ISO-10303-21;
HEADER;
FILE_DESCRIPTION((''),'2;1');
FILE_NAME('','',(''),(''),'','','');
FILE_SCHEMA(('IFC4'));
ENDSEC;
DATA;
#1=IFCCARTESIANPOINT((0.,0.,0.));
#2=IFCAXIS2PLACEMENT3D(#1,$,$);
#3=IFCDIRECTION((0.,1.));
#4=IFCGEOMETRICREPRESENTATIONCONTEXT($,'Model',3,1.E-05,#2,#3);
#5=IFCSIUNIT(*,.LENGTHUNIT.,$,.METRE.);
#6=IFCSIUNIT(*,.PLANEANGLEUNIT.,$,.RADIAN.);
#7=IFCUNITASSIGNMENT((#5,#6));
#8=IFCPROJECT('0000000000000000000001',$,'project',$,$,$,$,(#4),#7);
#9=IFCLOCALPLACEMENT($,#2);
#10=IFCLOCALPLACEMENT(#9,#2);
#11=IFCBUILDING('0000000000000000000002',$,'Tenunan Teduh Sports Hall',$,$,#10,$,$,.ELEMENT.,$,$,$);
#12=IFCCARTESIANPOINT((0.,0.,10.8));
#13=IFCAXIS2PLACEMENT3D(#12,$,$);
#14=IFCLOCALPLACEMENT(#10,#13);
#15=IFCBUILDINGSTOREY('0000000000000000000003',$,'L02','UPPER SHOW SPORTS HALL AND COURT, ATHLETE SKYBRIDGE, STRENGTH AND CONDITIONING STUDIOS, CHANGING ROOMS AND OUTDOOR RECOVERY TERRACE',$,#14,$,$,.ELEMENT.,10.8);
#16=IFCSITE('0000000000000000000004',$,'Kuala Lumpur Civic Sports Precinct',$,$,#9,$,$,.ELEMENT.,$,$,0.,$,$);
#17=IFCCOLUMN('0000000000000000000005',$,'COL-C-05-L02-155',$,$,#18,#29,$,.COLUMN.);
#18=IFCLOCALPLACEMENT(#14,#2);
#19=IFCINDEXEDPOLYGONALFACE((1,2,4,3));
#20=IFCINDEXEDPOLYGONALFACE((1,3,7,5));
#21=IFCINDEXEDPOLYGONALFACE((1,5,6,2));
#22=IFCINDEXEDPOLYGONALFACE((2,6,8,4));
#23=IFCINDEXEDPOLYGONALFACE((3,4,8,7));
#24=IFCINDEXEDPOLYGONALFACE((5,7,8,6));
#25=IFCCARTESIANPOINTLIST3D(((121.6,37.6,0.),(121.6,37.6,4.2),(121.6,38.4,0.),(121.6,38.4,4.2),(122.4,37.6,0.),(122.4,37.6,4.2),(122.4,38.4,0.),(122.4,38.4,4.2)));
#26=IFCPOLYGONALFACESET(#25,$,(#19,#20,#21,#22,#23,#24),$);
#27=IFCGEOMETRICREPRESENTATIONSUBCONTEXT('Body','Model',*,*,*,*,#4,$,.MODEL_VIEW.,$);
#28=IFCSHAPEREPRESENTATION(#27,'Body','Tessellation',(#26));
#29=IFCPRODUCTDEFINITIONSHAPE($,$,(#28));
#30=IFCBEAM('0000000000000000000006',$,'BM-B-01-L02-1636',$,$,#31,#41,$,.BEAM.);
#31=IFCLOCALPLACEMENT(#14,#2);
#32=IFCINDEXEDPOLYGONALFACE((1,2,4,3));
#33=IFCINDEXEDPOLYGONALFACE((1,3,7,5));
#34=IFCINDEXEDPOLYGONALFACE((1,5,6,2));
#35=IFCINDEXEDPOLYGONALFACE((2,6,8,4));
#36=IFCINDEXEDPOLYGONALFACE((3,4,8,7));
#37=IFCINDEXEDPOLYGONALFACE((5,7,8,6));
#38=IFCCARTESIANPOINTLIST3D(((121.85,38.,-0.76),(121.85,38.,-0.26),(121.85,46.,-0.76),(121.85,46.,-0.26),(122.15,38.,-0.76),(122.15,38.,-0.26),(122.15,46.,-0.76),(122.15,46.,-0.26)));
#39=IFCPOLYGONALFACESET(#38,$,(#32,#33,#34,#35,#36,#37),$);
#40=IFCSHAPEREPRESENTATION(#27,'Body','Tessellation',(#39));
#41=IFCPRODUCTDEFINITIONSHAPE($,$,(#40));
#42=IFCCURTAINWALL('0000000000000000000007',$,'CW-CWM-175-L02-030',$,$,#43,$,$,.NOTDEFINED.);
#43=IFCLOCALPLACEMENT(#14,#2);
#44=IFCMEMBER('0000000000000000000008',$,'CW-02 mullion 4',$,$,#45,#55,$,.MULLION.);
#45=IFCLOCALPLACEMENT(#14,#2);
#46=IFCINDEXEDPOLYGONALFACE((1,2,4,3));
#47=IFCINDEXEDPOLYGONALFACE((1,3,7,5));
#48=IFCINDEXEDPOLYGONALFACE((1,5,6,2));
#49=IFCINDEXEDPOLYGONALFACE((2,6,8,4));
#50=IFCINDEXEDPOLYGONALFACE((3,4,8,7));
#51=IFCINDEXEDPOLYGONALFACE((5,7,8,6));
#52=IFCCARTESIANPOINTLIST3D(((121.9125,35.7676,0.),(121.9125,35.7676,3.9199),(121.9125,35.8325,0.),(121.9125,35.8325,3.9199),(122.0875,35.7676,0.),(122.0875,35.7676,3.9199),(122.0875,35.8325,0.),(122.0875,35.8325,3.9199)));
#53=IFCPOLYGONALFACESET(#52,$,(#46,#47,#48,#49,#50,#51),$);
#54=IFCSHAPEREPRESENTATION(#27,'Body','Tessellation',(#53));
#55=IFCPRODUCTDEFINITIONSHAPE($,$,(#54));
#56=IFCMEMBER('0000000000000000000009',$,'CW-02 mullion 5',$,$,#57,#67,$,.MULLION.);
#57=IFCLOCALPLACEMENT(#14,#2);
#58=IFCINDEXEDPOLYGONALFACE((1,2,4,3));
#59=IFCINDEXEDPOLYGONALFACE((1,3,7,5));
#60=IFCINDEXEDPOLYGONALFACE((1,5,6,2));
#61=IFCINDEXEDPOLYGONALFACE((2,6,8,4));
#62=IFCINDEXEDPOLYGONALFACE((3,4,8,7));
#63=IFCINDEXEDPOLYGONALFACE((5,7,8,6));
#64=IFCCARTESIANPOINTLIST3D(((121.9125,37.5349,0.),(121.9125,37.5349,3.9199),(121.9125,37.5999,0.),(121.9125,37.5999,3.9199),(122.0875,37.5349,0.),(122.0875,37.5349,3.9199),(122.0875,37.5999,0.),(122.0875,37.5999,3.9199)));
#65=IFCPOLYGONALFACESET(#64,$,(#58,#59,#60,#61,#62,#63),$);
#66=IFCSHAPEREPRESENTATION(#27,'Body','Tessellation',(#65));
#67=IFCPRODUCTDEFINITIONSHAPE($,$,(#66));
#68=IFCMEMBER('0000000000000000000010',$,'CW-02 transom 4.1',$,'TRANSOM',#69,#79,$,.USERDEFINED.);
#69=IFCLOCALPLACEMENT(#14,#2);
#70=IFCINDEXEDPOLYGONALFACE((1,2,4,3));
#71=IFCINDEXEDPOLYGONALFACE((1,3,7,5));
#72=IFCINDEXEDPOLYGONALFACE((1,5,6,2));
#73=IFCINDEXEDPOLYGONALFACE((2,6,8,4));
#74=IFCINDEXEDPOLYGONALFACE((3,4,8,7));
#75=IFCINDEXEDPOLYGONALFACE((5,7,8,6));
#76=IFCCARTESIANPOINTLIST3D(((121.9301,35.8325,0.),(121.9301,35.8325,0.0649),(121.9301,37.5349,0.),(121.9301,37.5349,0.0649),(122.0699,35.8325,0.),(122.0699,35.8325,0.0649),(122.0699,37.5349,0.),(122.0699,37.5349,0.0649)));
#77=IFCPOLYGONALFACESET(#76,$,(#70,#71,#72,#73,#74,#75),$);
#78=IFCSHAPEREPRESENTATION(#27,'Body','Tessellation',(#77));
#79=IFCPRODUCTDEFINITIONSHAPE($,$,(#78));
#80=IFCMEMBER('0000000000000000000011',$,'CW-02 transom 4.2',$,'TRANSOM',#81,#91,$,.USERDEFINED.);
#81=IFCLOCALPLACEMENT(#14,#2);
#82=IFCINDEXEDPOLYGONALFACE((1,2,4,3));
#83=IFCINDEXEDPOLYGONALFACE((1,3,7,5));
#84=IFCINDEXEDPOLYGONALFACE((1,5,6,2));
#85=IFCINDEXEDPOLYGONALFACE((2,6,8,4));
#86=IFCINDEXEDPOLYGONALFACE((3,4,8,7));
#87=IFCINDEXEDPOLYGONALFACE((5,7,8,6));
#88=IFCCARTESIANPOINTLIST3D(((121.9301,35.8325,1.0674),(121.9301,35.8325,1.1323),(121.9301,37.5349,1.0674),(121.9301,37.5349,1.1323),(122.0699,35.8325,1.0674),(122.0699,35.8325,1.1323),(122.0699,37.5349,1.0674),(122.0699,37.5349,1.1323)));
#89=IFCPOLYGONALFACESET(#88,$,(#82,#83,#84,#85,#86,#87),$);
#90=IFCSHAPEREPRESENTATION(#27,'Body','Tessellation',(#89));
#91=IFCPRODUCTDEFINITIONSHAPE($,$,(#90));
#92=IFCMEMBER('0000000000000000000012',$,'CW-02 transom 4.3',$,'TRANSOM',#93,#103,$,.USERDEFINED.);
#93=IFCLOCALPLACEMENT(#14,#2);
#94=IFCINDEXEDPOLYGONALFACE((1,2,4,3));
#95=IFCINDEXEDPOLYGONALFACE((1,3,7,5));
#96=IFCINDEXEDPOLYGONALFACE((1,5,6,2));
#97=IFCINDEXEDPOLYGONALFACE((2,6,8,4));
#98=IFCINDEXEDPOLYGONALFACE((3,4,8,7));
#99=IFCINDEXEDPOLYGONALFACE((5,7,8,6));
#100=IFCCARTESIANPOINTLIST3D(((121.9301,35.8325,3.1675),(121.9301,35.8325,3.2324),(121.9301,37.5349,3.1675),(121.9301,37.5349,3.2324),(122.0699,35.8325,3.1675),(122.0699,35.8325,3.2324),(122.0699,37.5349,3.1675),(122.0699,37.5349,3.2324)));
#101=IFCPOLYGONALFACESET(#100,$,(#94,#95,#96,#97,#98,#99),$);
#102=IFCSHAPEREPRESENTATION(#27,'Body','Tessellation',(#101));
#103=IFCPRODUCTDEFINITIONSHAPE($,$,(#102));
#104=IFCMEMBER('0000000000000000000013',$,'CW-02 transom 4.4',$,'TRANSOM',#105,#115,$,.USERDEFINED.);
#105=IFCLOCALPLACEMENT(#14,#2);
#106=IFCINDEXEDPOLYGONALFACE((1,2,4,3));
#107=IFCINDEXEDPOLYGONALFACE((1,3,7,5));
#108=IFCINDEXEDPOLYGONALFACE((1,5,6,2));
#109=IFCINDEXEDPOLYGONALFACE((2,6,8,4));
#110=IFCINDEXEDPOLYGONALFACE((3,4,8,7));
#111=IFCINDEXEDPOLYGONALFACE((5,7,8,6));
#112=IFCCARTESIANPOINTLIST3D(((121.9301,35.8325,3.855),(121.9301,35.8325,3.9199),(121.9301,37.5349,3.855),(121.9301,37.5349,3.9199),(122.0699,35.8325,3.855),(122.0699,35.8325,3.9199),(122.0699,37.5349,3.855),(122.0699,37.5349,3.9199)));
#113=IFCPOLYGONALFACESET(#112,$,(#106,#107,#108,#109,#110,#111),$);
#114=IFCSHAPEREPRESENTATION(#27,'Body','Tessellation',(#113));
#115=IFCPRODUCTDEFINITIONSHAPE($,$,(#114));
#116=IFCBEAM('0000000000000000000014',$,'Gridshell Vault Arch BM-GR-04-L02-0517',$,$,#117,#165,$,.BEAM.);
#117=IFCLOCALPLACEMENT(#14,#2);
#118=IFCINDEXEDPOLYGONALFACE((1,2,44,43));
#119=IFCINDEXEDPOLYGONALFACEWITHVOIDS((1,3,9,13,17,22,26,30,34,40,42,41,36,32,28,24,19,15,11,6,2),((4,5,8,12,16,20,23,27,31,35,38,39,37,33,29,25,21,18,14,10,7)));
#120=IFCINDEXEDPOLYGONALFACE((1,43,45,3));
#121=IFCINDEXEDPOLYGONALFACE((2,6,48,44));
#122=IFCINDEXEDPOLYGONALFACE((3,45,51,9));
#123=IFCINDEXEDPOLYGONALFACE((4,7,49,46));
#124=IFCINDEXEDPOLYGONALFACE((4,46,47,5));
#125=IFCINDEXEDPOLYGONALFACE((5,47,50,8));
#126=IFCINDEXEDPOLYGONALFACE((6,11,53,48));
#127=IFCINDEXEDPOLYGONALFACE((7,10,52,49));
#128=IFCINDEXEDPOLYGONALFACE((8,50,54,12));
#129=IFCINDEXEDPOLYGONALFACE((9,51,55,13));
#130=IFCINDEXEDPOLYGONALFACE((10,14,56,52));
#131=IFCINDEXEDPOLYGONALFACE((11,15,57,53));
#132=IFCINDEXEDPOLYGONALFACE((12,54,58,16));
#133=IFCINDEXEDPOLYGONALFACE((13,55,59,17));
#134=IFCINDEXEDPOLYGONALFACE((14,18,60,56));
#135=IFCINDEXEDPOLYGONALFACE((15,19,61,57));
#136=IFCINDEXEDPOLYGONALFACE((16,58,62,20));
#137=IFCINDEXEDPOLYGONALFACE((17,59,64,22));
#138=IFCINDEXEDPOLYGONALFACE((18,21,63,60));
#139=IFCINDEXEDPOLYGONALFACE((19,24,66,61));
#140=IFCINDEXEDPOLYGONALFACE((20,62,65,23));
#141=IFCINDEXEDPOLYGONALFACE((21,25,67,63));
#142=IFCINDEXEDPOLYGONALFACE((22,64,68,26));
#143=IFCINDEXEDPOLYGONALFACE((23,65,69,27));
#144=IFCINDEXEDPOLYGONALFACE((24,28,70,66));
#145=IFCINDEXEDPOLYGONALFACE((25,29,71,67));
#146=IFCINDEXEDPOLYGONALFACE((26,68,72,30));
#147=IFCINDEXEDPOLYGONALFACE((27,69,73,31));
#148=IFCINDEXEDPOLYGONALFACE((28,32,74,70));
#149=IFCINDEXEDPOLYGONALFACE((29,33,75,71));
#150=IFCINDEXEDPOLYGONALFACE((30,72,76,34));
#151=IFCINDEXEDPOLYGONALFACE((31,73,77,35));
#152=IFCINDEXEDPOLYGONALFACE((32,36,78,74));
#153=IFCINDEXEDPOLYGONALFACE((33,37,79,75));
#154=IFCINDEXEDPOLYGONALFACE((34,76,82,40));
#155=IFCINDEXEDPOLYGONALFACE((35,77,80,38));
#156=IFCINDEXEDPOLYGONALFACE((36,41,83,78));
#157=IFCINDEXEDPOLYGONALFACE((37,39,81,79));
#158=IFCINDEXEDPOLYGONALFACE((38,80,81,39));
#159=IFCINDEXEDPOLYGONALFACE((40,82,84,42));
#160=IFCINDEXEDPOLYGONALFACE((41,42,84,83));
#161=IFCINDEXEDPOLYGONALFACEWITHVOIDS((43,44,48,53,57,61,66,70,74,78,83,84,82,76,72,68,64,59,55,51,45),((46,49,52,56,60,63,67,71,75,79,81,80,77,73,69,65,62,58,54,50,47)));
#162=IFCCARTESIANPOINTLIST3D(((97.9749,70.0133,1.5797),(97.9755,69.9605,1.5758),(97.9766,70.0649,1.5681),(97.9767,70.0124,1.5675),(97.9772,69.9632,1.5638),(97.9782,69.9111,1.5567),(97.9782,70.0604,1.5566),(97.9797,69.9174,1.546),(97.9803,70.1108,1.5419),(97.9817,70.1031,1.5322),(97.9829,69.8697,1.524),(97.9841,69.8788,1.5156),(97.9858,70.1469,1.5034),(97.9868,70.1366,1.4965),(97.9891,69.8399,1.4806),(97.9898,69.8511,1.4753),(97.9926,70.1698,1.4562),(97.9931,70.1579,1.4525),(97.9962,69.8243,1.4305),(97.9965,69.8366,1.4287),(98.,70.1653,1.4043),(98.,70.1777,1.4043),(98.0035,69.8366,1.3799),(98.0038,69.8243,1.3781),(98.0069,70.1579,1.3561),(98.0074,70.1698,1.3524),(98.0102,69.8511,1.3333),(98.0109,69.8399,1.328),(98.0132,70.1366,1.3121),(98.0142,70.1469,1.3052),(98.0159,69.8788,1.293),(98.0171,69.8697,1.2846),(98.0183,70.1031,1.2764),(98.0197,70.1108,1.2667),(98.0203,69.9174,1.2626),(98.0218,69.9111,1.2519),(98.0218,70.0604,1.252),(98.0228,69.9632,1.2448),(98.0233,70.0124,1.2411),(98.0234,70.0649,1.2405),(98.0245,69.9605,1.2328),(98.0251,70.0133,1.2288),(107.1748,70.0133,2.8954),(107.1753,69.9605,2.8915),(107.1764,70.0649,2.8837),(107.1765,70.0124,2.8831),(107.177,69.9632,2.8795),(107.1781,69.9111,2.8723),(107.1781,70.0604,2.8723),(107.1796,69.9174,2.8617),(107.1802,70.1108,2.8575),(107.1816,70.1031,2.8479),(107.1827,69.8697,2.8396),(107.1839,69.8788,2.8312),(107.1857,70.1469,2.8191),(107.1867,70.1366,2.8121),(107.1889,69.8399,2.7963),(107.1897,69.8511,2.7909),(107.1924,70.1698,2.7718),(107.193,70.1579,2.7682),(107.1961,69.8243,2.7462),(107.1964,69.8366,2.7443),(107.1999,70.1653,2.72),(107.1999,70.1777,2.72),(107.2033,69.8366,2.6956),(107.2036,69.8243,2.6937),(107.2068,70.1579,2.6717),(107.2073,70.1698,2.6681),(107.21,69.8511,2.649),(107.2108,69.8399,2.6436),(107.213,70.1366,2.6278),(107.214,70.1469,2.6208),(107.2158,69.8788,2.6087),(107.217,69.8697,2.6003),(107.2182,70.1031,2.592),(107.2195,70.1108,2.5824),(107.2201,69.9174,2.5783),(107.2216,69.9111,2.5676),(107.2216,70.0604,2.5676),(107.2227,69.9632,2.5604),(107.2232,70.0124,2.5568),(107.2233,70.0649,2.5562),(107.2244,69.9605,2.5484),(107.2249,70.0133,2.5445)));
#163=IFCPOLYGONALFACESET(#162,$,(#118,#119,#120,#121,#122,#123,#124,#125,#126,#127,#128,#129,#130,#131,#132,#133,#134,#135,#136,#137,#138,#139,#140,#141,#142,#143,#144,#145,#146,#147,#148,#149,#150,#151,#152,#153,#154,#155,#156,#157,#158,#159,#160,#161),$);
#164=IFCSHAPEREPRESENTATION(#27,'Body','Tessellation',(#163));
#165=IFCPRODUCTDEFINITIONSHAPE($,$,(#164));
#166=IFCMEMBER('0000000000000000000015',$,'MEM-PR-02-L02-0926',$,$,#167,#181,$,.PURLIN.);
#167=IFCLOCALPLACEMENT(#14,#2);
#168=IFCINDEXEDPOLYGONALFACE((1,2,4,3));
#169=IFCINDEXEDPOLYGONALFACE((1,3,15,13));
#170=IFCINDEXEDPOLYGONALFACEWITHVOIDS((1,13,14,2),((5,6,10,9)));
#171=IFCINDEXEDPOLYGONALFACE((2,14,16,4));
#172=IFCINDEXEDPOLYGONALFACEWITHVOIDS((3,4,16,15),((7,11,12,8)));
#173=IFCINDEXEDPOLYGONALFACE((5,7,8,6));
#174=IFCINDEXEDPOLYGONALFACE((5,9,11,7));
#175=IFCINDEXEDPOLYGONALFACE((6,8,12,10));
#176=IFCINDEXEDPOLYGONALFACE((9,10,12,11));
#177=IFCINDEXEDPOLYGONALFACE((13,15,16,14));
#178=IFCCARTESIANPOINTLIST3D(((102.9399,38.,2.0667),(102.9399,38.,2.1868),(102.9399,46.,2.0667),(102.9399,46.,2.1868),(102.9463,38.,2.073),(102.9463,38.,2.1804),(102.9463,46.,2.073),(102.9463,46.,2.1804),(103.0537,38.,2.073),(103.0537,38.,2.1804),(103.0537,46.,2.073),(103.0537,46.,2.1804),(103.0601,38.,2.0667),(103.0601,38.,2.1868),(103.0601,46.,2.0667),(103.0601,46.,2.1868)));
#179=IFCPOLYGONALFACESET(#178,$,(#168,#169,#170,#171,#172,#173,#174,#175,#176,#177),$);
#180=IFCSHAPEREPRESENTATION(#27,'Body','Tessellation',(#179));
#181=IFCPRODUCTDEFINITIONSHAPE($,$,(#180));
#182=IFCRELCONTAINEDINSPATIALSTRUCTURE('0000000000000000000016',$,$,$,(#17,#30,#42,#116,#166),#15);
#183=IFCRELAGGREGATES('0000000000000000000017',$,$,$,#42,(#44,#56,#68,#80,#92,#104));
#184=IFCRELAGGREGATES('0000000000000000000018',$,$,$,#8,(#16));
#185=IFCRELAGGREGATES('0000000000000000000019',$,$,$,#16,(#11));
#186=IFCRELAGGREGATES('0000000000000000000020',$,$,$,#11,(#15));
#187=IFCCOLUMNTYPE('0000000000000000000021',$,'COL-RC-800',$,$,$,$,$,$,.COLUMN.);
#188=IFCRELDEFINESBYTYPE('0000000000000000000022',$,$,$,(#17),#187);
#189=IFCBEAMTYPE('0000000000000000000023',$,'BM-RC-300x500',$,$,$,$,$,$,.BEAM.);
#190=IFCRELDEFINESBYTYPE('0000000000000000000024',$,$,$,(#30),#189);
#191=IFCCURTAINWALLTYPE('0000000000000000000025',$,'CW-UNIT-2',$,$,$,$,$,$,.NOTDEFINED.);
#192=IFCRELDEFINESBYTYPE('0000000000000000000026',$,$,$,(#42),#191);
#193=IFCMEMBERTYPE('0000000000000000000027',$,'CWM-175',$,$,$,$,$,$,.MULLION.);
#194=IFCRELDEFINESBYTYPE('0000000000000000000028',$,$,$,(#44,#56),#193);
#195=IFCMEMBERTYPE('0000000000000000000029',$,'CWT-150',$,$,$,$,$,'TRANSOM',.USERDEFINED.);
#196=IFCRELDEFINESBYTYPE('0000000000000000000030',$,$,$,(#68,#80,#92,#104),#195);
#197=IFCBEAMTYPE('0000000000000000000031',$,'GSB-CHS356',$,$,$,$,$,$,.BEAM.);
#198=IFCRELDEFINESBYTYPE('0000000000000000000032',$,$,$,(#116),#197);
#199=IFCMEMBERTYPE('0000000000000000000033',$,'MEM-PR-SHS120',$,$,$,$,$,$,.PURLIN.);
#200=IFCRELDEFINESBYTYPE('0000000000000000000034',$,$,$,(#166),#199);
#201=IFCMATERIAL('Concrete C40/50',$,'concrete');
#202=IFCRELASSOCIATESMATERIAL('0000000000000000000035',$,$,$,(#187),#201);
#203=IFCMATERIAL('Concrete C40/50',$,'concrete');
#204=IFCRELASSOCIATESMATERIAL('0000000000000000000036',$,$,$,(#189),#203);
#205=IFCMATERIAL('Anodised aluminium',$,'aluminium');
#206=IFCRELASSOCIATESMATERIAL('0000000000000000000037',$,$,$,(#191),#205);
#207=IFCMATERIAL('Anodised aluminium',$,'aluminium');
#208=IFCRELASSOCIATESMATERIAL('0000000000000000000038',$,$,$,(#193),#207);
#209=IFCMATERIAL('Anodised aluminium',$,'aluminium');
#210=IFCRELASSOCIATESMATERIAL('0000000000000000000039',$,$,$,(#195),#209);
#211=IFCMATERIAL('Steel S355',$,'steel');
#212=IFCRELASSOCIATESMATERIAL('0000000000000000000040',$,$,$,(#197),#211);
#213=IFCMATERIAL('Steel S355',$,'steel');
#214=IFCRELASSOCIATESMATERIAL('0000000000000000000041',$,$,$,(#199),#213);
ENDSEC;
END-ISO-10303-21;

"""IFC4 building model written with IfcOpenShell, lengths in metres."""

from ifc_helpers import new_model, si_unit, direction, frame, origin, origin_2d, place, context, subcontext, project, spatial, rectangle, hollow_rectangle, hollow_circle, extrude, material, material_profile, profile_set, type_object, element, aggregate, save


model = new_model("IFC4")

# Units and contexts
model_context = context("Model", 3, precision=1e-05, world=origin(), true_north=direction((0.0, 1.0)))
body_context = subcontext(model_context, "Body", "Model", "MODEL_VIEW")
ifc_project = project(units=[si_unit("LENGTHUNIT", "METRE"), si_unit("PLANEANGLEUNIT", "RADIAN")], contexts=[model_context])

# Site, building, storey
site_placement = place(None, origin())
site = spatial("IfcSite", under=ifc_project, at=site_placement, Name="Kuala Lumpur Civic Sports Precinct", CompositionType="ELEMENT", RefElevation=0.0)
building_placement = place(site_placement, origin())
building = spatial("IfcBuilding", under=site, at=building_placement, Name="Tenunan Teduh Sports Hall", CompositionType="ELEMENT")
storey_placement = place(building_placement, frame((0.0, 0.0, 10.8)))
storey = spatial("IfcBuildingStorey", under=building, at=storey_placement, Name="L02", Description="UPPER SHOW SPORTS HALL AND COURT, ATHLETE SKYBRIDGE, STRENGTH AND CONDITIONING STUDIOS, CHANGING ROOMS AND OUTDOOR RECOVERY TERRACE", CompositionType="ELEMENT", Elevation=10.8)

# Column
ifc_material_1 = material(Name="Concrete C40/50", Category="concrete")
ifc_material_profile_1 = material_profile(ifc_material_1, rectangle(XDim=0.8, YDim=0.8, at=origin_2d()), Name="RC 800x800")
ifc_profile_set_1 = profile_set([ifc_material_profile_1], Name="Concrete C40/50")
column_type = type_object("IfcColumnType", Name="COL-RC-800", PredefinedType="COLUMN", material=ifc_profile_set_1)
column_placement = place(storey_placement, frame((122.0, 38.0, 0.0), z_axis=(0.0, 0.0, 1.0), x_axis=(1.0, 0.0, 0.0)))
element("IfcColumn", 1, at=column_placement, inside=storey, type_object=column_type, Name="COL-C-05-L02-155", PredefinedType="COLUMN", context=body_context, shape_type="SweptSolid", body=[
    extrude(rectangle(XDim=0.8, YDim=0.8, at=origin_2d()), origin(), (0.0, 0.0, 1.0), 4.2),
])

# Beam
ifc_material_2 = material(Name="Concrete C40/50", Category="concrete")
ifc_material_profile_2 = material_profile(ifc_material_2, rectangle(XDim=0.3, YDim=0.5, at=origin_2d()), Name="RCB 300x500")
ifc_profile_set_2 = profile_set([ifc_material_profile_2], Name="Concrete C40/50")
beam_type_1 = type_object("IfcBeamType", Name="BM-RC-300x500", PredefinedType="BEAM", material=ifc_profile_set_2)
beam_1_placement = place(storey_placement, frame((122.0, 38.0, -0.51), z_axis=(0.0, 1.0, 0.0), x_axis=(-1.0, 0.0, 0.0)))
element("IfcBeam", 2, at=beam_1_placement, inside=storey, type_object=beam_type_1, Name="BM-B-01-L02-1636", PredefinedType="BEAM", context=body_context, shape_type="SweptSolid", body=[
    extrude(rectangle(XDim=0.3, YDim=0.5, at=origin_2d()), origin(), (0.0, 0.0, 1.0), 8.0),
])

# Curtain wall, members
ifc_material_3 = material(Name="Anodised aluminium", Category="aluminium")
curtain_wall_type = type_object("IfcCurtainWallType", Name="CW-UNIT-2", PredefinedType="NOTDEFINED", material=ifc_material_3)
curtain_wall_placement = place(storey_placement, origin())
curtain_wall = element("IfcCurtainWall", 3, at=curtain_wall_placement, inside=storey, type_object=curtain_wall_type, Name="CW-CWM-175-L02-030", PredefinedType="NOTDEFINED")
ifc_material_4 = material(Name="Anodised aluminium", Category="aluminium")
ifc_material_profile_3 = material_profile(ifc_material_4, rectangle(XDim=0.0649, YDim=0.175, at=origin_2d()), Name="CWM 65x175")
ifc_profile_set_3 = profile_set([ifc_material_profile_3], Name="Anodised aluminium")
member_type_1 = type_object("IfcMemberType", Name="CWM-175", PredefinedType="MULLION", material=ifc_profile_set_3)
member_1_placement = place(storey_placement, frame((122.0, 35.8, 0.0), z_axis=(0.0, 0.0, 1.0), x_axis=(0.0, 1.0, 0.0)))
member_1 = element("IfcMember", 4, at=member_1_placement, type_object=member_type_1, Name="CW-02 mullion 4", PredefinedType="MULLION", context=body_context, shape_type="SweptSolid", body=[
    extrude(rectangle(XDim=0.0649, YDim=0.175, at=origin_2d()), origin(), (0.0, 0.0, 1.0), 3.9199),
])
member_2_placement = place(storey_placement, frame((122.0, 37.5674, 0.0), z_axis=(0.0, 0.0, 1.0), x_axis=(0.0, 1.0, 0.0)))
member_2 = element("IfcMember", 5, at=member_2_placement, type_object=member_type_1, Name="CW-02 mullion 5", PredefinedType="MULLION", context=body_context, shape_type="SweptSolid", body=[
    extrude(rectangle(XDim=0.0649, YDim=0.175, at=origin_2d()), origin(), (0.0, 0.0, 1.0), 3.9199),
])
ifc_material_5 = material(Name="Anodised aluminium", Category="aluminium")
ifc_material_profile_4 = material_profile(ifc_material_5, rectangle(XDim=0.0649, YDim=0.1399, at=origin_2d()), Name="CWT 65x140")
ifc_profile_set_4 = profile_set([ifc_material_profile_4], Name="Anodised aluminium")
member_type_2 = type_object("IfcMemberType", Name="CWT-150", ElementType="TRANSOM", PredefinedType="USERDEFINED", material=ifc_profile_set_4)
member_3_placement = place(storey_placement, frame((122.0, 35.8325, 0.0325), z_axis=(0.0, 1.0, 0.0), x_axis=(0.0, 0.0, 1.0)))
member_3 = element("IfcMember", 6, at=member_3_placement, type_object=member_type_2, Name="CW-02 transom 4.1", ObjectType="TRANSOM", PredefinedType="USERDEFINED", context=body_context, shape_type="SweptSolid", body=[
    extrude(rectangle(XDim=0.0649, YDim=0.1399, at=origin_2d()), origin(), (0.0, 0.0, 1.0), 1.7024),
])
member_4_placement = place(storey_placement, frame((122.0, 35.8325, 1.0999), z_axis=(0.0, 1.0, 0.0), x_axis=(0.0, 0.0, 1.0)))
member_4 = element("IfcMember", 7, at=member_4_placement, type_object=member_type_2, Name="CW-02 transom 4.2", ObjectType="TRANSOM", PredefinedType="USERDEFINED", context=body_context, shape_type="SweptSolid", body=[
    extrude(rectangle(XDim=0.0649, YDim=0.1399, at=origin_2d()), origin(), (0.0, 0.0, 1.0), 1.7024),
])
member_5_placement = place(storey_placement, frame((122.0, 35.8325, 3.2), z_axis=(0.0, 1.0, 0.0), x_axis=(0.0, 0.0, 1.0)))
member_5 = element("IfcMember", 8, at=member_5_placement, type_object=member_type_2, Name="CW-02 transom 4.3", ObjectType="TRANSOM", PredefinedType="USERDEFINED", context=body_context, shape_type="SweptSolid", body=[
    extrude(rectangle(XDim=0.0649, YDim=0.1399, at=origin_2d()), origin(), (0.0, 0.0, 1.0), 1.7024),
])
member_6_placement = place(storey_placement, frame((122.0, 35.8325, 3.8875), z_axis=(0.0, 1.0, 0.0), x_axis=(0.0, 0.0, 1.0)))
member_6 = element("IfcMember", 9, at=member_6_placement, type_object=member_type_2, Name="CW-02 transom 4.4", ObjectType="TRANSOM", PredefinedType="USERDEFINED", context=body_context, shape_type="SweptSolid", body=[
    extrude(rectangle(XDim=0.0649, YDim=0.1399, at=origin_2d()), origin(), (0.0, 0.0, 1.0), 1.7024),
])

# Beam
ifc_material_6 = material(Name="Steel S355", Category="steel")
ifc_material_profile_5 = material_profile(ifc_material_6, hollow_circle(Radius=0.1777, WallThickness=0.0125, at=origin_2d()), Name="CHS 355.6x12.5")
ifc_profile_set_5 = profile_set([ifc_material_profile_5], Name="Steel S355")
beam_type_2 = type_object("IfcBeamType", Name="GSB-CHS356", PredefinedType="BEAM", material=ifc_profile_set_5)
beam_2_placement = place(storey_placement, frame((98.0, 70.0, 1.4043), z_axis=(0.989928, 0.0, 0.141568), x_axis=(0.0, 1.0, 0.0)))
element("IfcBeam", 10, at=beam_2_placement, inside=storey, type_object=beam_type_2, Name="Gridshell Vault Arch BM-GR-04-L02-0517", PredefinedType="BEAM", context=body_context, shape_type="SweptSolid", body=[
    extrude(hollow_circle(Radius=0.1777, WallThickness=0.0125, at=origin_2d()), origin(), (0.0, 0.0, 1.0), 9.2935),
])

# Member
ifc_material_7 = material(Name="Steel S355", Category="steel")
ifc_material_profile_6 = material_profile(ifc_material_7, hollow_rectangle(XDim=0.1201, YDim=0.1201, WallThickness=0.0063, at=origin_2d()), Name="SHS 120x120x6.3")
ifc_profile_set_6 = profile_set([ifc_material_profile_6], Name="Steel S355")
member_type_3 = type_object("IfcMemberType", Name="MEM-PR-SHS120", PredefinedType="PURLIN", material=ifc_profile_set_6)
for number, where, z_axis, x_axis, name in (
    (11, (103.0, 38.0, 2.1267), (0.0, 1.0, 0.0), (-1.0, 0.0, 0.0), "MEM-PR-02-L02-0926"),
):
    element("IfcMember", number, at=place(storey_placement, frame(where, z_axis=z_axis, x_axis=x_axis)), inside=storey, type_object=member_type_3, Name=name, PredefinedType="PURLIN", context=body_context, shape_type="SweptSolid", body=[
        extrude(hollow_rectangle(XDim=0.1201, YDim=0.1201, WallThickness=0.0063, at=origin_2d()), origin(), (0.0, 0.0, 1.0), 8.0),
    ])

aggregate(curtain_wall, [member_1, member_2, member_3, member_4, member_5, member_6])

save(model, "model.ifc")
